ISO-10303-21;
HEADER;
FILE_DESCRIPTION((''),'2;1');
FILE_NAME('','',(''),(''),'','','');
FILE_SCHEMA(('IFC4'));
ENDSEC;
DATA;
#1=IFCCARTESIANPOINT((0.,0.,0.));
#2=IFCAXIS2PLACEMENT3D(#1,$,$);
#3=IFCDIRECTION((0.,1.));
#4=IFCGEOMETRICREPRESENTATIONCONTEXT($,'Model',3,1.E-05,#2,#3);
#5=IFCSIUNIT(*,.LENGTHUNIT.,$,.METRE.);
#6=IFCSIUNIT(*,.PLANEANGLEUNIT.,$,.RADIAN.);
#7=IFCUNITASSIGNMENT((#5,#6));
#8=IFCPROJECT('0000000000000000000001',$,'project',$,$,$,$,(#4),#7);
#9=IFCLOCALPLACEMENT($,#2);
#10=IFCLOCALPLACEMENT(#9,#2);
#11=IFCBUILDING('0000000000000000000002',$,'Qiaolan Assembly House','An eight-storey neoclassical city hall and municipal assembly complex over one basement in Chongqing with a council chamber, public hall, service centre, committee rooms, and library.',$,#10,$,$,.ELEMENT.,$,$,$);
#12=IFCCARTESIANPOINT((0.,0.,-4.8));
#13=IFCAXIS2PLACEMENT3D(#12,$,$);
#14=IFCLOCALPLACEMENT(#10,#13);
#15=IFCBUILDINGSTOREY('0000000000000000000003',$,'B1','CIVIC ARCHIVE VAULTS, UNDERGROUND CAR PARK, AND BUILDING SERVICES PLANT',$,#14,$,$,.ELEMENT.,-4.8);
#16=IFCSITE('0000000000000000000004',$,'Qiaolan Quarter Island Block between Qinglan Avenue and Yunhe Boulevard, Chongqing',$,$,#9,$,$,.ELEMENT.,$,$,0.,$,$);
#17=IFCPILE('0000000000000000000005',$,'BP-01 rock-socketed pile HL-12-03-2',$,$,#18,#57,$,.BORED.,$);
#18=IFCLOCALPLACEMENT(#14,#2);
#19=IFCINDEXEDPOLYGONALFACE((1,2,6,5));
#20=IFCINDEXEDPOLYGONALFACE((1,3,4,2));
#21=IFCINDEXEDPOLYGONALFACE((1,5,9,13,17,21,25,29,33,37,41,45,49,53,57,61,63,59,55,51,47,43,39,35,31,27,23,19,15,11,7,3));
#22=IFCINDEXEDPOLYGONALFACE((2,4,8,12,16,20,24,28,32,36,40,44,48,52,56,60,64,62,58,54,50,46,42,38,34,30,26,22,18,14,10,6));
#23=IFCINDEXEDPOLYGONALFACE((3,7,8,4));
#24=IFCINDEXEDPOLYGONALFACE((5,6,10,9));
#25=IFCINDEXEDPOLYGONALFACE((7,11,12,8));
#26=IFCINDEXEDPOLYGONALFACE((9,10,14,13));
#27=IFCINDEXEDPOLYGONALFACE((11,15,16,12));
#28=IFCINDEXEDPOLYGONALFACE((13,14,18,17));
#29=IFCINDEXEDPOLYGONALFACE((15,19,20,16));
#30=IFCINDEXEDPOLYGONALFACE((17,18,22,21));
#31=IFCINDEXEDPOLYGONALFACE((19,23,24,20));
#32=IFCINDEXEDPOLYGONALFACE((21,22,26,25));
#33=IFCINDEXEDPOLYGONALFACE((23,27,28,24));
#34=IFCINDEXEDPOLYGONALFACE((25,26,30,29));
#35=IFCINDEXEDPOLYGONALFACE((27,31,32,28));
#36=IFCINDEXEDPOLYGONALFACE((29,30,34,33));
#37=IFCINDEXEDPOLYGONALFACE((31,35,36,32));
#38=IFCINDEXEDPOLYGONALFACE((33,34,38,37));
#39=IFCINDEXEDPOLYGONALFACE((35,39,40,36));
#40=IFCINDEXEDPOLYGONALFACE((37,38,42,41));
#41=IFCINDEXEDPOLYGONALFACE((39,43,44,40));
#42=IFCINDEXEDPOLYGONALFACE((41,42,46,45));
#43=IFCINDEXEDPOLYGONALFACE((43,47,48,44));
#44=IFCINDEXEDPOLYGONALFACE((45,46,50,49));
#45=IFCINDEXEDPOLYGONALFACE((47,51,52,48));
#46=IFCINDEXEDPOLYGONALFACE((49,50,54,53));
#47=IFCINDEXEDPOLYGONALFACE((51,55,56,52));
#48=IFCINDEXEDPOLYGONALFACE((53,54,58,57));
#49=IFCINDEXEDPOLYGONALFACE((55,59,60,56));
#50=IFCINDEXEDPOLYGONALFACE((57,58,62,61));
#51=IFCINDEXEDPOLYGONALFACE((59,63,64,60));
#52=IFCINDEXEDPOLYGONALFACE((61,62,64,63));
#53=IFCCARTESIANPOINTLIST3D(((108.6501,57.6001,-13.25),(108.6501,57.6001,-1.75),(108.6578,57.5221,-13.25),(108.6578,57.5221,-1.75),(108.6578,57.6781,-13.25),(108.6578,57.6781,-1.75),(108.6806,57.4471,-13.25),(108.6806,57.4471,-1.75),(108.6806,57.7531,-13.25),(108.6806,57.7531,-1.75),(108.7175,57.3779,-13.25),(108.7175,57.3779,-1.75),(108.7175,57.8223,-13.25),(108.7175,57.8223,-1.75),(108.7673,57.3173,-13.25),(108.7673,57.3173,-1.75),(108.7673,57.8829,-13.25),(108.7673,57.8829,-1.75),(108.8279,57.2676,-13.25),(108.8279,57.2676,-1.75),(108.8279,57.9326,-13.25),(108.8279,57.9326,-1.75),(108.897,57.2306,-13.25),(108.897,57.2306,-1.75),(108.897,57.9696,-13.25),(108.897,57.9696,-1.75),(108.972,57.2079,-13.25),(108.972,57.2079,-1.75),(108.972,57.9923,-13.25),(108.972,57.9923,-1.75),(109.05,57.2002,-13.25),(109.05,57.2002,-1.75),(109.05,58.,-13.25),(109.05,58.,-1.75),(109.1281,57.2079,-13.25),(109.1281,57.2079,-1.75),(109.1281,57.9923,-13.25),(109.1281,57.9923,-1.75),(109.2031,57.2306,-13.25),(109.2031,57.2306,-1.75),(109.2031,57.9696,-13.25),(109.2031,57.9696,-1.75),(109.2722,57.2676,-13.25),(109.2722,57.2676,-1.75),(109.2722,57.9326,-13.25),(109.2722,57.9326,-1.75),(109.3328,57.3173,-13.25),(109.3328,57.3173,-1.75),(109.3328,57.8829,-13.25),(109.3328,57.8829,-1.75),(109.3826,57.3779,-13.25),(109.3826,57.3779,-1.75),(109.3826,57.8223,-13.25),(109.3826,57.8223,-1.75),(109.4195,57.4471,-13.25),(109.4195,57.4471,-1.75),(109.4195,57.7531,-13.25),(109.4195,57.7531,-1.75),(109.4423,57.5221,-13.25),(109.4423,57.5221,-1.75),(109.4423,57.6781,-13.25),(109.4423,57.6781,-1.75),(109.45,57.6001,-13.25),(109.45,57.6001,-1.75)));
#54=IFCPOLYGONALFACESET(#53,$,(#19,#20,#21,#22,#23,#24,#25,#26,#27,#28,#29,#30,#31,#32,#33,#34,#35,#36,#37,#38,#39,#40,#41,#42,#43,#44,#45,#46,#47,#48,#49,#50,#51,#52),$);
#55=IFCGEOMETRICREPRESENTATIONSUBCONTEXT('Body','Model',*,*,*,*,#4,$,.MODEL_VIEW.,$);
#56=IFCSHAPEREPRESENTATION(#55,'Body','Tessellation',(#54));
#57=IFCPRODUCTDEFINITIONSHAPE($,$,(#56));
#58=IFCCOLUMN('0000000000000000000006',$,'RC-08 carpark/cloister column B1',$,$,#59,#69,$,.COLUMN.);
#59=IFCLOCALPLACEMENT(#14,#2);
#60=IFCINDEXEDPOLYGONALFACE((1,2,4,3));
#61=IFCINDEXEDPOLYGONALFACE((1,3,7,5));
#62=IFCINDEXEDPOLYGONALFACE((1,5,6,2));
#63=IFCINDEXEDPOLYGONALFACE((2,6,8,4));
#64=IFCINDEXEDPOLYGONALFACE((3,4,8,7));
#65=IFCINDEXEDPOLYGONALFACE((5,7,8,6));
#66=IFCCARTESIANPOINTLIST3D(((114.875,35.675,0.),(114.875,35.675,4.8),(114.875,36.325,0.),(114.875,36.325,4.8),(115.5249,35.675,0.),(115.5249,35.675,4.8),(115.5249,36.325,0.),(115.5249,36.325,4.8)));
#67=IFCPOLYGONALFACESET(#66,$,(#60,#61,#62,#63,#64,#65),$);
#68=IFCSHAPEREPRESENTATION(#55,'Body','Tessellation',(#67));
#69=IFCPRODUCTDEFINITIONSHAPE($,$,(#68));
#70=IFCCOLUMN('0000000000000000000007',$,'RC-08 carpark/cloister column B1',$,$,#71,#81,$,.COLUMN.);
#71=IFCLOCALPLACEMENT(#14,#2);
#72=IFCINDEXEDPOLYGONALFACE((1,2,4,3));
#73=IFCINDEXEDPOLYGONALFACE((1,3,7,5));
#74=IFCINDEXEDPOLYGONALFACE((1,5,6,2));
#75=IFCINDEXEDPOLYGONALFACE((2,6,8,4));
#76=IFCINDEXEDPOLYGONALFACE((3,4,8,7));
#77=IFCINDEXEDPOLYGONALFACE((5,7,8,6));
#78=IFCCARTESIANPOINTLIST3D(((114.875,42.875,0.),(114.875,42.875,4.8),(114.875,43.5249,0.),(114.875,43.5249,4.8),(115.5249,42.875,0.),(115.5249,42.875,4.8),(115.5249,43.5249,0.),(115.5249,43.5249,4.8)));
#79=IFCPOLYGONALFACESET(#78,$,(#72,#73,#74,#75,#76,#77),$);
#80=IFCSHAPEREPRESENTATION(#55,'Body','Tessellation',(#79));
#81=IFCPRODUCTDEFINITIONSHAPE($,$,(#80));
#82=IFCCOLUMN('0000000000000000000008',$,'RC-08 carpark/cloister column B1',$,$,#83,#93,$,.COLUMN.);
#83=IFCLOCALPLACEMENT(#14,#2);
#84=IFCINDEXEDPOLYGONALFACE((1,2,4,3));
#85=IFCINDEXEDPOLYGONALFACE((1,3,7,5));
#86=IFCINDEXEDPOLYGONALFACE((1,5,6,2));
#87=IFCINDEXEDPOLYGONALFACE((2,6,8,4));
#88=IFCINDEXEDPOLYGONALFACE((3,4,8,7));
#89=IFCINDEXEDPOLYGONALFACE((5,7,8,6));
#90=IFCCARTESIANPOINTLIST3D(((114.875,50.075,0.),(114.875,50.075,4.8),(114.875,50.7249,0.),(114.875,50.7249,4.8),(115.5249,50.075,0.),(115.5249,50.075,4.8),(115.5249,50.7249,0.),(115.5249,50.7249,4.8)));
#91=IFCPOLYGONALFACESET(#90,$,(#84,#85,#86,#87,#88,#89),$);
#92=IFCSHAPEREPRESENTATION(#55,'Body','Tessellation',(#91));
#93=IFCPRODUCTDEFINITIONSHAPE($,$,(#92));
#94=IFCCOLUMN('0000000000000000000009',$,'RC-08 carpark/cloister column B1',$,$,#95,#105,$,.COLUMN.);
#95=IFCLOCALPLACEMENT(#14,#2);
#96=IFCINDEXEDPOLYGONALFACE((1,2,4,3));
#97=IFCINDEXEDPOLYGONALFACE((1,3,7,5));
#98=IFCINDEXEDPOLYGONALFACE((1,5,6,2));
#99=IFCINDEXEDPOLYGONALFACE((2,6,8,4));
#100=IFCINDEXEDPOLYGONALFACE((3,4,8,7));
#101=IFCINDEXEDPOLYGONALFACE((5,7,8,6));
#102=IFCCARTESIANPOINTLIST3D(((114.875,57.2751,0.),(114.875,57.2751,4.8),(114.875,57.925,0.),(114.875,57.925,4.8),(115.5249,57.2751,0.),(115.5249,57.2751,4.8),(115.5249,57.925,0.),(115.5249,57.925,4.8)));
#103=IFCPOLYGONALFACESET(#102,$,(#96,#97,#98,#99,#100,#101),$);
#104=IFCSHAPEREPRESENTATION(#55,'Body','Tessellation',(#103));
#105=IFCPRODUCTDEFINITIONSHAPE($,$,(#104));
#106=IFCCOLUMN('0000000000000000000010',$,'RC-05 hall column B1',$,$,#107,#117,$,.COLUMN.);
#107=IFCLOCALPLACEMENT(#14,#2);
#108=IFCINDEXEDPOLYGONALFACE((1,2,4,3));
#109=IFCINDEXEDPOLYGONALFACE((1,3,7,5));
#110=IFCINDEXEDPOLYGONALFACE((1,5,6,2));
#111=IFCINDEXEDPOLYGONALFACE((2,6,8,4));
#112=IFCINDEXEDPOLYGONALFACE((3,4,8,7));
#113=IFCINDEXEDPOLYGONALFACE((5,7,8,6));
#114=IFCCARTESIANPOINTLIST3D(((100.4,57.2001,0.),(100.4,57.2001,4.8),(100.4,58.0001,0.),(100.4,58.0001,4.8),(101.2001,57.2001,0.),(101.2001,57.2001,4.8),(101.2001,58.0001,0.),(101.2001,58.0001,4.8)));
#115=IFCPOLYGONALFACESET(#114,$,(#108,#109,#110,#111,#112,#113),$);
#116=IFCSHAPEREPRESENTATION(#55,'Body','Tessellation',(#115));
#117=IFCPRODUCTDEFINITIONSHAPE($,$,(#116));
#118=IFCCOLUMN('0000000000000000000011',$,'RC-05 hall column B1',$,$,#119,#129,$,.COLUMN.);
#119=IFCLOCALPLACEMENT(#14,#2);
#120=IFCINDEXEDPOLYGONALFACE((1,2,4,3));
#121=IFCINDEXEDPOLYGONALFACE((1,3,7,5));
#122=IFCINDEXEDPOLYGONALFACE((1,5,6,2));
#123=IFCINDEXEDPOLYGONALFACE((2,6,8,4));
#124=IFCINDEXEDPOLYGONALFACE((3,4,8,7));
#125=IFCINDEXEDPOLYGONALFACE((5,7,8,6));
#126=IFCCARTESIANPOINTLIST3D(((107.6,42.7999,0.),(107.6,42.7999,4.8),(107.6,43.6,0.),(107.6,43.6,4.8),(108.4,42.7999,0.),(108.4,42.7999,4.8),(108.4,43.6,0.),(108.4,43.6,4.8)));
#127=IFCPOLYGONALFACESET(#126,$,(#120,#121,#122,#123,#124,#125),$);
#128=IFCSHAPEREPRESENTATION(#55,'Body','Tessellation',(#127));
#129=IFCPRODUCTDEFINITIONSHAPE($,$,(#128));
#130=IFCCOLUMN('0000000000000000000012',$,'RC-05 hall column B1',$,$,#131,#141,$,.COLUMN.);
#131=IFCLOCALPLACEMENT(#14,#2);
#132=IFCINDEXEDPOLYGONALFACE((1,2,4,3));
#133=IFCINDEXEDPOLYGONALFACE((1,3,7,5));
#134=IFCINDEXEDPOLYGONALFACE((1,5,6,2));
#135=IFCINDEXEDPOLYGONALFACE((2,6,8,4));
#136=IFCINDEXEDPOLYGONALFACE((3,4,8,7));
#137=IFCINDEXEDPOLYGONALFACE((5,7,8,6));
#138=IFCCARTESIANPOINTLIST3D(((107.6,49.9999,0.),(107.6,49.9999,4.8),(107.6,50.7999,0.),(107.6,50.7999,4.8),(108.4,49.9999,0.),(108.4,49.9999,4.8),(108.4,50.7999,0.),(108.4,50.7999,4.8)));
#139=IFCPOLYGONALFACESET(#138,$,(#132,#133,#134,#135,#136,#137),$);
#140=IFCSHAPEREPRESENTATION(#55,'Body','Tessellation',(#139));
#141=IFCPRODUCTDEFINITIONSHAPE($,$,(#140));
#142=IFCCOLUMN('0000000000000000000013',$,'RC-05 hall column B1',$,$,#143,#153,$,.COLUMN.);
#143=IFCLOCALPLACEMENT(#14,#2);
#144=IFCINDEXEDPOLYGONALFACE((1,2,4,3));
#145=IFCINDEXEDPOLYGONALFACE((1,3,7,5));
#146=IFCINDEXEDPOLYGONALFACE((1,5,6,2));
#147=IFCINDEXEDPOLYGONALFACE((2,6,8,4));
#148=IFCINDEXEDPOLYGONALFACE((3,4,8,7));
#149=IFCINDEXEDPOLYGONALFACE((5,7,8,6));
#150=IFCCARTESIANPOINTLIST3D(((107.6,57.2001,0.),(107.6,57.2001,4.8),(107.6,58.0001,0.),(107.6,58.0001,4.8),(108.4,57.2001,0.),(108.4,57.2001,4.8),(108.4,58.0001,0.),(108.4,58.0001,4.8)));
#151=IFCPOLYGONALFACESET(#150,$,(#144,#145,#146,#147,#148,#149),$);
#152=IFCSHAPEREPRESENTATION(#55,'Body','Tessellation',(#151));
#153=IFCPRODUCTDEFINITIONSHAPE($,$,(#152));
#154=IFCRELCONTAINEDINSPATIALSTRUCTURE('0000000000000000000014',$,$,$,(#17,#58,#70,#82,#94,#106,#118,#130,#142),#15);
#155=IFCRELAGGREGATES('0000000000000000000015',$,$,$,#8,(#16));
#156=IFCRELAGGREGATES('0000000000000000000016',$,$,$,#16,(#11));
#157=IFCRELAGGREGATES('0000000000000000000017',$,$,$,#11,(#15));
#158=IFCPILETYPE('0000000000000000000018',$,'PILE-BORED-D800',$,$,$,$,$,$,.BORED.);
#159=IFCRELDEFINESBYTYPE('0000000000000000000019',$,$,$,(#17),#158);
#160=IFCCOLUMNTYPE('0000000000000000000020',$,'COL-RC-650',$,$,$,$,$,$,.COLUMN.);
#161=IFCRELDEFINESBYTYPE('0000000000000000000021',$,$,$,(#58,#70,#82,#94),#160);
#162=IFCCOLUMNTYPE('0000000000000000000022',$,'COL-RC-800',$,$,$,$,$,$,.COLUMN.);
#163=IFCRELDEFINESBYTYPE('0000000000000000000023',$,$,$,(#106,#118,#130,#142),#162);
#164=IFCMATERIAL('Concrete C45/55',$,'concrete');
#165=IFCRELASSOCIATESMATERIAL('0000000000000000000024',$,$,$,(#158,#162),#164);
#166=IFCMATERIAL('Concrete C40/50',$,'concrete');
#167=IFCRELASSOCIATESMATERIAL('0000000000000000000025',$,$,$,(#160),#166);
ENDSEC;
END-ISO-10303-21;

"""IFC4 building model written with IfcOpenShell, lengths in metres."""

from ifc_helpers import new_model, si_unit, direction, frame, origin, origin_2d, place, context, subcontext, project, spatial, rectangle, circle, extrude, material, material_profile, profile_set, type_object, element, save


model = new_model("IFC4")

# Units and contexts
model_context = context("Model", 3, precision=1e-05, world=origin(), true_north=direction((0.0, 1.0)))
body_context = subcontext(model_context, "Body", "Model", "MODEL_VIEW")
ifc_project = project(units=[si_unit("LENGTHUNIT", "METRE"), si_unit("PLANEANGLEUNIT", "RADIAN")], contexts=[model_context])

# Site, building, storey
site_placement = place(None, origin())
site = spatial("IfcSite", under=ifc_project, at=site_placement, Name="Qiaolan Quarter Island Block between Qinglan Avenue and Yunhe Boulevard, Chongqing", CompositionType="ELEMENT", RefElevation=0.0)
building_placement = place(site_placement, origin())
building = spatial("IfcBuilding", under=site, at=building_placement, Name="Qiaolan Assembly House", Description="An eight-storey neoclassical city hall and municipal assembly complex over one basement in Chongqing with a council chamber, public hall, service centre, committee rooms, and library.", CompositionType="ELEMENT")
storey_placement = place(building_placement, frame((0.0, 0.0, -4.8)))
storey = spatial("IfcBuildingStorey", under=building, at=storey_placement, Name="B1", Description="CIVIC ARCHIVE VAULTS, UNDERGROUND CAR PARK, AND BUILDING SERVICES PLANT", CompositionType="ELEMENT", Elevation=-4.8)

# Shared definitions
ifc_material_1 = material(Name="Concrete C40/50", Category="concrete")

# Pile
ifc_material_2 = material(Name="Concrete C45/55", Category="concrete")
ifc_material_profile_1 = material_profile(ifc_material_2, circle(Radius=0.3999, at=origin_2d()), Name="PILE D800")
ifc_profile_set_1 = profile_set([ifc_material_profile_1], Name="Concrete C45/55")
pile_type = type_object("IfcPileType", Name="PILE-BORED-D800", PredefinedType="BORED", material=ifc_profile_set_1)
for number, where, z_axis, x_axis, name in (
    (1, (109.05, 57.6001, -1.75), (0.0, 0.0, -1.0), (1.0, 0.0, 0.0), "BP-01 rock-socketed pile HL-12-03-2"),
):
    element("IfcPile", number, at=place(storey_placement, frame(where, z_axis=z_axis, x_axis=x_axis)), inside=storey, type_object=pile_type, Name=name, PredefinedType="BORED", context=body_context, shape_type="SweptSolid", body=[
        extrude(circle(Radius=0.3999, at=origin_2d()), origin(), (0.0, 0.0, 1.0), 11.5),
    ])

# Columns
ifc_material_profile_2 = material_profile(ifc_material_1, rectangle(XDim=0.6499, YDim=0.6499, at=origin_2d()), Name="RC 650x650")
ifc_profile_set_2 = profile_set([ifc_material_profile_2], Name="Concrete C40/50")
column_type_1 = type_object("IfcColumnType", Name="COL-RC-650", PredefinedType="COLUMN", material=ifc_profile_set_2)
for number, where, z_axis, x_axis, name in (
    (2, (115.2, 36.0, 0.0), (0.0, 0.0, 1.0), (1.0, 0.0, 0.0), "RC-08 carpark/cloister column B1"),
    (3, (115.2, 43.2, 0.0), (0.0, 0.0, 1.0), (1.0, 0.0, 0.0), "RC-08 carpark/cloister column B1"),
    (4, (115.2, 50.3999, 0.0), (0.0, 0.0, 1.0), (1.0, 0.0, 0.0), "RC-08 carpark/cloister column B1"),
    (5, (115.2, 57.6001, 0.0), (0.0, 0.0, 1.0), (1.0, 0.0, 0.0), "RC-08 carpark/cloister column B1"),
):
    element("IfcColumn", number, at=place(storey_placement, frame(where, z_axis=z_axis, x_axis=x_axis)), inside=storey, type_object=column_type_1, Name=name, PredefinedType="COLUMN", context=body_context, shape_type="SweptSolid", body=[
        extrude(rectangle(XDim=0.6499, YDim=0.6499, at=origin_2d()), origin(), (0.0, 0.0, 1.0), 4.8),
    ])
ifc_material_profile_3 = material_profile(ifc_material_2, rectangle(XDim=0.8, YDim=0.8, at=origin_2d()), Name="RC 800x800")
ifc_profile_set_3 = profile_set([ifc_material_profile_3], Name="Concrete C45/55")
column_type_2 = type_object("IfcColumnType", Name="COL-RC-800", PredefinedType="COLUMN", material=ifc_profile_set_3)
for number, where, z_axis, x_axis, name in (
    (6, (100.8, 57.6001, 0.0), (0.0, 0.0, 1.0), (1.0, 0.0, 0.0), "RC-05 hall column B1"),
    (7, (108.0, 43.2, 0.0), (0.0, 0.0, 1.0), (1.0, 0.0, 0.0), "RC-05 hall column B1"),
    (8, (108.0, 50.3999, 0.0), (0.0, 0.0, 1.0), (1.0, 0.0, 0.0), "RC-05 hall column B1"),
    (9, (108.0, 57.6001, 0.0), (0.0, 0.0, 1.0), (1.0, 0.0, 0.0), "RC-05 hall column B1"),
):
    element("IfcColumn", number, at=place(storey_placement, frame(where, z_axis=z_axis, x_axis=x_axis)), inside=storey, type_object=column_type_2, Name=name, PredefinedType="COLUMN", context=body_context, shape_type="SweptSolid", body=[
        extrude(rectangle(XDim=0.8, YDim=0.8, at=origin_2d()), origin(), (0.0, 0.0, 1.0), 4.8),
    ])

save(model, "model.ifc")
